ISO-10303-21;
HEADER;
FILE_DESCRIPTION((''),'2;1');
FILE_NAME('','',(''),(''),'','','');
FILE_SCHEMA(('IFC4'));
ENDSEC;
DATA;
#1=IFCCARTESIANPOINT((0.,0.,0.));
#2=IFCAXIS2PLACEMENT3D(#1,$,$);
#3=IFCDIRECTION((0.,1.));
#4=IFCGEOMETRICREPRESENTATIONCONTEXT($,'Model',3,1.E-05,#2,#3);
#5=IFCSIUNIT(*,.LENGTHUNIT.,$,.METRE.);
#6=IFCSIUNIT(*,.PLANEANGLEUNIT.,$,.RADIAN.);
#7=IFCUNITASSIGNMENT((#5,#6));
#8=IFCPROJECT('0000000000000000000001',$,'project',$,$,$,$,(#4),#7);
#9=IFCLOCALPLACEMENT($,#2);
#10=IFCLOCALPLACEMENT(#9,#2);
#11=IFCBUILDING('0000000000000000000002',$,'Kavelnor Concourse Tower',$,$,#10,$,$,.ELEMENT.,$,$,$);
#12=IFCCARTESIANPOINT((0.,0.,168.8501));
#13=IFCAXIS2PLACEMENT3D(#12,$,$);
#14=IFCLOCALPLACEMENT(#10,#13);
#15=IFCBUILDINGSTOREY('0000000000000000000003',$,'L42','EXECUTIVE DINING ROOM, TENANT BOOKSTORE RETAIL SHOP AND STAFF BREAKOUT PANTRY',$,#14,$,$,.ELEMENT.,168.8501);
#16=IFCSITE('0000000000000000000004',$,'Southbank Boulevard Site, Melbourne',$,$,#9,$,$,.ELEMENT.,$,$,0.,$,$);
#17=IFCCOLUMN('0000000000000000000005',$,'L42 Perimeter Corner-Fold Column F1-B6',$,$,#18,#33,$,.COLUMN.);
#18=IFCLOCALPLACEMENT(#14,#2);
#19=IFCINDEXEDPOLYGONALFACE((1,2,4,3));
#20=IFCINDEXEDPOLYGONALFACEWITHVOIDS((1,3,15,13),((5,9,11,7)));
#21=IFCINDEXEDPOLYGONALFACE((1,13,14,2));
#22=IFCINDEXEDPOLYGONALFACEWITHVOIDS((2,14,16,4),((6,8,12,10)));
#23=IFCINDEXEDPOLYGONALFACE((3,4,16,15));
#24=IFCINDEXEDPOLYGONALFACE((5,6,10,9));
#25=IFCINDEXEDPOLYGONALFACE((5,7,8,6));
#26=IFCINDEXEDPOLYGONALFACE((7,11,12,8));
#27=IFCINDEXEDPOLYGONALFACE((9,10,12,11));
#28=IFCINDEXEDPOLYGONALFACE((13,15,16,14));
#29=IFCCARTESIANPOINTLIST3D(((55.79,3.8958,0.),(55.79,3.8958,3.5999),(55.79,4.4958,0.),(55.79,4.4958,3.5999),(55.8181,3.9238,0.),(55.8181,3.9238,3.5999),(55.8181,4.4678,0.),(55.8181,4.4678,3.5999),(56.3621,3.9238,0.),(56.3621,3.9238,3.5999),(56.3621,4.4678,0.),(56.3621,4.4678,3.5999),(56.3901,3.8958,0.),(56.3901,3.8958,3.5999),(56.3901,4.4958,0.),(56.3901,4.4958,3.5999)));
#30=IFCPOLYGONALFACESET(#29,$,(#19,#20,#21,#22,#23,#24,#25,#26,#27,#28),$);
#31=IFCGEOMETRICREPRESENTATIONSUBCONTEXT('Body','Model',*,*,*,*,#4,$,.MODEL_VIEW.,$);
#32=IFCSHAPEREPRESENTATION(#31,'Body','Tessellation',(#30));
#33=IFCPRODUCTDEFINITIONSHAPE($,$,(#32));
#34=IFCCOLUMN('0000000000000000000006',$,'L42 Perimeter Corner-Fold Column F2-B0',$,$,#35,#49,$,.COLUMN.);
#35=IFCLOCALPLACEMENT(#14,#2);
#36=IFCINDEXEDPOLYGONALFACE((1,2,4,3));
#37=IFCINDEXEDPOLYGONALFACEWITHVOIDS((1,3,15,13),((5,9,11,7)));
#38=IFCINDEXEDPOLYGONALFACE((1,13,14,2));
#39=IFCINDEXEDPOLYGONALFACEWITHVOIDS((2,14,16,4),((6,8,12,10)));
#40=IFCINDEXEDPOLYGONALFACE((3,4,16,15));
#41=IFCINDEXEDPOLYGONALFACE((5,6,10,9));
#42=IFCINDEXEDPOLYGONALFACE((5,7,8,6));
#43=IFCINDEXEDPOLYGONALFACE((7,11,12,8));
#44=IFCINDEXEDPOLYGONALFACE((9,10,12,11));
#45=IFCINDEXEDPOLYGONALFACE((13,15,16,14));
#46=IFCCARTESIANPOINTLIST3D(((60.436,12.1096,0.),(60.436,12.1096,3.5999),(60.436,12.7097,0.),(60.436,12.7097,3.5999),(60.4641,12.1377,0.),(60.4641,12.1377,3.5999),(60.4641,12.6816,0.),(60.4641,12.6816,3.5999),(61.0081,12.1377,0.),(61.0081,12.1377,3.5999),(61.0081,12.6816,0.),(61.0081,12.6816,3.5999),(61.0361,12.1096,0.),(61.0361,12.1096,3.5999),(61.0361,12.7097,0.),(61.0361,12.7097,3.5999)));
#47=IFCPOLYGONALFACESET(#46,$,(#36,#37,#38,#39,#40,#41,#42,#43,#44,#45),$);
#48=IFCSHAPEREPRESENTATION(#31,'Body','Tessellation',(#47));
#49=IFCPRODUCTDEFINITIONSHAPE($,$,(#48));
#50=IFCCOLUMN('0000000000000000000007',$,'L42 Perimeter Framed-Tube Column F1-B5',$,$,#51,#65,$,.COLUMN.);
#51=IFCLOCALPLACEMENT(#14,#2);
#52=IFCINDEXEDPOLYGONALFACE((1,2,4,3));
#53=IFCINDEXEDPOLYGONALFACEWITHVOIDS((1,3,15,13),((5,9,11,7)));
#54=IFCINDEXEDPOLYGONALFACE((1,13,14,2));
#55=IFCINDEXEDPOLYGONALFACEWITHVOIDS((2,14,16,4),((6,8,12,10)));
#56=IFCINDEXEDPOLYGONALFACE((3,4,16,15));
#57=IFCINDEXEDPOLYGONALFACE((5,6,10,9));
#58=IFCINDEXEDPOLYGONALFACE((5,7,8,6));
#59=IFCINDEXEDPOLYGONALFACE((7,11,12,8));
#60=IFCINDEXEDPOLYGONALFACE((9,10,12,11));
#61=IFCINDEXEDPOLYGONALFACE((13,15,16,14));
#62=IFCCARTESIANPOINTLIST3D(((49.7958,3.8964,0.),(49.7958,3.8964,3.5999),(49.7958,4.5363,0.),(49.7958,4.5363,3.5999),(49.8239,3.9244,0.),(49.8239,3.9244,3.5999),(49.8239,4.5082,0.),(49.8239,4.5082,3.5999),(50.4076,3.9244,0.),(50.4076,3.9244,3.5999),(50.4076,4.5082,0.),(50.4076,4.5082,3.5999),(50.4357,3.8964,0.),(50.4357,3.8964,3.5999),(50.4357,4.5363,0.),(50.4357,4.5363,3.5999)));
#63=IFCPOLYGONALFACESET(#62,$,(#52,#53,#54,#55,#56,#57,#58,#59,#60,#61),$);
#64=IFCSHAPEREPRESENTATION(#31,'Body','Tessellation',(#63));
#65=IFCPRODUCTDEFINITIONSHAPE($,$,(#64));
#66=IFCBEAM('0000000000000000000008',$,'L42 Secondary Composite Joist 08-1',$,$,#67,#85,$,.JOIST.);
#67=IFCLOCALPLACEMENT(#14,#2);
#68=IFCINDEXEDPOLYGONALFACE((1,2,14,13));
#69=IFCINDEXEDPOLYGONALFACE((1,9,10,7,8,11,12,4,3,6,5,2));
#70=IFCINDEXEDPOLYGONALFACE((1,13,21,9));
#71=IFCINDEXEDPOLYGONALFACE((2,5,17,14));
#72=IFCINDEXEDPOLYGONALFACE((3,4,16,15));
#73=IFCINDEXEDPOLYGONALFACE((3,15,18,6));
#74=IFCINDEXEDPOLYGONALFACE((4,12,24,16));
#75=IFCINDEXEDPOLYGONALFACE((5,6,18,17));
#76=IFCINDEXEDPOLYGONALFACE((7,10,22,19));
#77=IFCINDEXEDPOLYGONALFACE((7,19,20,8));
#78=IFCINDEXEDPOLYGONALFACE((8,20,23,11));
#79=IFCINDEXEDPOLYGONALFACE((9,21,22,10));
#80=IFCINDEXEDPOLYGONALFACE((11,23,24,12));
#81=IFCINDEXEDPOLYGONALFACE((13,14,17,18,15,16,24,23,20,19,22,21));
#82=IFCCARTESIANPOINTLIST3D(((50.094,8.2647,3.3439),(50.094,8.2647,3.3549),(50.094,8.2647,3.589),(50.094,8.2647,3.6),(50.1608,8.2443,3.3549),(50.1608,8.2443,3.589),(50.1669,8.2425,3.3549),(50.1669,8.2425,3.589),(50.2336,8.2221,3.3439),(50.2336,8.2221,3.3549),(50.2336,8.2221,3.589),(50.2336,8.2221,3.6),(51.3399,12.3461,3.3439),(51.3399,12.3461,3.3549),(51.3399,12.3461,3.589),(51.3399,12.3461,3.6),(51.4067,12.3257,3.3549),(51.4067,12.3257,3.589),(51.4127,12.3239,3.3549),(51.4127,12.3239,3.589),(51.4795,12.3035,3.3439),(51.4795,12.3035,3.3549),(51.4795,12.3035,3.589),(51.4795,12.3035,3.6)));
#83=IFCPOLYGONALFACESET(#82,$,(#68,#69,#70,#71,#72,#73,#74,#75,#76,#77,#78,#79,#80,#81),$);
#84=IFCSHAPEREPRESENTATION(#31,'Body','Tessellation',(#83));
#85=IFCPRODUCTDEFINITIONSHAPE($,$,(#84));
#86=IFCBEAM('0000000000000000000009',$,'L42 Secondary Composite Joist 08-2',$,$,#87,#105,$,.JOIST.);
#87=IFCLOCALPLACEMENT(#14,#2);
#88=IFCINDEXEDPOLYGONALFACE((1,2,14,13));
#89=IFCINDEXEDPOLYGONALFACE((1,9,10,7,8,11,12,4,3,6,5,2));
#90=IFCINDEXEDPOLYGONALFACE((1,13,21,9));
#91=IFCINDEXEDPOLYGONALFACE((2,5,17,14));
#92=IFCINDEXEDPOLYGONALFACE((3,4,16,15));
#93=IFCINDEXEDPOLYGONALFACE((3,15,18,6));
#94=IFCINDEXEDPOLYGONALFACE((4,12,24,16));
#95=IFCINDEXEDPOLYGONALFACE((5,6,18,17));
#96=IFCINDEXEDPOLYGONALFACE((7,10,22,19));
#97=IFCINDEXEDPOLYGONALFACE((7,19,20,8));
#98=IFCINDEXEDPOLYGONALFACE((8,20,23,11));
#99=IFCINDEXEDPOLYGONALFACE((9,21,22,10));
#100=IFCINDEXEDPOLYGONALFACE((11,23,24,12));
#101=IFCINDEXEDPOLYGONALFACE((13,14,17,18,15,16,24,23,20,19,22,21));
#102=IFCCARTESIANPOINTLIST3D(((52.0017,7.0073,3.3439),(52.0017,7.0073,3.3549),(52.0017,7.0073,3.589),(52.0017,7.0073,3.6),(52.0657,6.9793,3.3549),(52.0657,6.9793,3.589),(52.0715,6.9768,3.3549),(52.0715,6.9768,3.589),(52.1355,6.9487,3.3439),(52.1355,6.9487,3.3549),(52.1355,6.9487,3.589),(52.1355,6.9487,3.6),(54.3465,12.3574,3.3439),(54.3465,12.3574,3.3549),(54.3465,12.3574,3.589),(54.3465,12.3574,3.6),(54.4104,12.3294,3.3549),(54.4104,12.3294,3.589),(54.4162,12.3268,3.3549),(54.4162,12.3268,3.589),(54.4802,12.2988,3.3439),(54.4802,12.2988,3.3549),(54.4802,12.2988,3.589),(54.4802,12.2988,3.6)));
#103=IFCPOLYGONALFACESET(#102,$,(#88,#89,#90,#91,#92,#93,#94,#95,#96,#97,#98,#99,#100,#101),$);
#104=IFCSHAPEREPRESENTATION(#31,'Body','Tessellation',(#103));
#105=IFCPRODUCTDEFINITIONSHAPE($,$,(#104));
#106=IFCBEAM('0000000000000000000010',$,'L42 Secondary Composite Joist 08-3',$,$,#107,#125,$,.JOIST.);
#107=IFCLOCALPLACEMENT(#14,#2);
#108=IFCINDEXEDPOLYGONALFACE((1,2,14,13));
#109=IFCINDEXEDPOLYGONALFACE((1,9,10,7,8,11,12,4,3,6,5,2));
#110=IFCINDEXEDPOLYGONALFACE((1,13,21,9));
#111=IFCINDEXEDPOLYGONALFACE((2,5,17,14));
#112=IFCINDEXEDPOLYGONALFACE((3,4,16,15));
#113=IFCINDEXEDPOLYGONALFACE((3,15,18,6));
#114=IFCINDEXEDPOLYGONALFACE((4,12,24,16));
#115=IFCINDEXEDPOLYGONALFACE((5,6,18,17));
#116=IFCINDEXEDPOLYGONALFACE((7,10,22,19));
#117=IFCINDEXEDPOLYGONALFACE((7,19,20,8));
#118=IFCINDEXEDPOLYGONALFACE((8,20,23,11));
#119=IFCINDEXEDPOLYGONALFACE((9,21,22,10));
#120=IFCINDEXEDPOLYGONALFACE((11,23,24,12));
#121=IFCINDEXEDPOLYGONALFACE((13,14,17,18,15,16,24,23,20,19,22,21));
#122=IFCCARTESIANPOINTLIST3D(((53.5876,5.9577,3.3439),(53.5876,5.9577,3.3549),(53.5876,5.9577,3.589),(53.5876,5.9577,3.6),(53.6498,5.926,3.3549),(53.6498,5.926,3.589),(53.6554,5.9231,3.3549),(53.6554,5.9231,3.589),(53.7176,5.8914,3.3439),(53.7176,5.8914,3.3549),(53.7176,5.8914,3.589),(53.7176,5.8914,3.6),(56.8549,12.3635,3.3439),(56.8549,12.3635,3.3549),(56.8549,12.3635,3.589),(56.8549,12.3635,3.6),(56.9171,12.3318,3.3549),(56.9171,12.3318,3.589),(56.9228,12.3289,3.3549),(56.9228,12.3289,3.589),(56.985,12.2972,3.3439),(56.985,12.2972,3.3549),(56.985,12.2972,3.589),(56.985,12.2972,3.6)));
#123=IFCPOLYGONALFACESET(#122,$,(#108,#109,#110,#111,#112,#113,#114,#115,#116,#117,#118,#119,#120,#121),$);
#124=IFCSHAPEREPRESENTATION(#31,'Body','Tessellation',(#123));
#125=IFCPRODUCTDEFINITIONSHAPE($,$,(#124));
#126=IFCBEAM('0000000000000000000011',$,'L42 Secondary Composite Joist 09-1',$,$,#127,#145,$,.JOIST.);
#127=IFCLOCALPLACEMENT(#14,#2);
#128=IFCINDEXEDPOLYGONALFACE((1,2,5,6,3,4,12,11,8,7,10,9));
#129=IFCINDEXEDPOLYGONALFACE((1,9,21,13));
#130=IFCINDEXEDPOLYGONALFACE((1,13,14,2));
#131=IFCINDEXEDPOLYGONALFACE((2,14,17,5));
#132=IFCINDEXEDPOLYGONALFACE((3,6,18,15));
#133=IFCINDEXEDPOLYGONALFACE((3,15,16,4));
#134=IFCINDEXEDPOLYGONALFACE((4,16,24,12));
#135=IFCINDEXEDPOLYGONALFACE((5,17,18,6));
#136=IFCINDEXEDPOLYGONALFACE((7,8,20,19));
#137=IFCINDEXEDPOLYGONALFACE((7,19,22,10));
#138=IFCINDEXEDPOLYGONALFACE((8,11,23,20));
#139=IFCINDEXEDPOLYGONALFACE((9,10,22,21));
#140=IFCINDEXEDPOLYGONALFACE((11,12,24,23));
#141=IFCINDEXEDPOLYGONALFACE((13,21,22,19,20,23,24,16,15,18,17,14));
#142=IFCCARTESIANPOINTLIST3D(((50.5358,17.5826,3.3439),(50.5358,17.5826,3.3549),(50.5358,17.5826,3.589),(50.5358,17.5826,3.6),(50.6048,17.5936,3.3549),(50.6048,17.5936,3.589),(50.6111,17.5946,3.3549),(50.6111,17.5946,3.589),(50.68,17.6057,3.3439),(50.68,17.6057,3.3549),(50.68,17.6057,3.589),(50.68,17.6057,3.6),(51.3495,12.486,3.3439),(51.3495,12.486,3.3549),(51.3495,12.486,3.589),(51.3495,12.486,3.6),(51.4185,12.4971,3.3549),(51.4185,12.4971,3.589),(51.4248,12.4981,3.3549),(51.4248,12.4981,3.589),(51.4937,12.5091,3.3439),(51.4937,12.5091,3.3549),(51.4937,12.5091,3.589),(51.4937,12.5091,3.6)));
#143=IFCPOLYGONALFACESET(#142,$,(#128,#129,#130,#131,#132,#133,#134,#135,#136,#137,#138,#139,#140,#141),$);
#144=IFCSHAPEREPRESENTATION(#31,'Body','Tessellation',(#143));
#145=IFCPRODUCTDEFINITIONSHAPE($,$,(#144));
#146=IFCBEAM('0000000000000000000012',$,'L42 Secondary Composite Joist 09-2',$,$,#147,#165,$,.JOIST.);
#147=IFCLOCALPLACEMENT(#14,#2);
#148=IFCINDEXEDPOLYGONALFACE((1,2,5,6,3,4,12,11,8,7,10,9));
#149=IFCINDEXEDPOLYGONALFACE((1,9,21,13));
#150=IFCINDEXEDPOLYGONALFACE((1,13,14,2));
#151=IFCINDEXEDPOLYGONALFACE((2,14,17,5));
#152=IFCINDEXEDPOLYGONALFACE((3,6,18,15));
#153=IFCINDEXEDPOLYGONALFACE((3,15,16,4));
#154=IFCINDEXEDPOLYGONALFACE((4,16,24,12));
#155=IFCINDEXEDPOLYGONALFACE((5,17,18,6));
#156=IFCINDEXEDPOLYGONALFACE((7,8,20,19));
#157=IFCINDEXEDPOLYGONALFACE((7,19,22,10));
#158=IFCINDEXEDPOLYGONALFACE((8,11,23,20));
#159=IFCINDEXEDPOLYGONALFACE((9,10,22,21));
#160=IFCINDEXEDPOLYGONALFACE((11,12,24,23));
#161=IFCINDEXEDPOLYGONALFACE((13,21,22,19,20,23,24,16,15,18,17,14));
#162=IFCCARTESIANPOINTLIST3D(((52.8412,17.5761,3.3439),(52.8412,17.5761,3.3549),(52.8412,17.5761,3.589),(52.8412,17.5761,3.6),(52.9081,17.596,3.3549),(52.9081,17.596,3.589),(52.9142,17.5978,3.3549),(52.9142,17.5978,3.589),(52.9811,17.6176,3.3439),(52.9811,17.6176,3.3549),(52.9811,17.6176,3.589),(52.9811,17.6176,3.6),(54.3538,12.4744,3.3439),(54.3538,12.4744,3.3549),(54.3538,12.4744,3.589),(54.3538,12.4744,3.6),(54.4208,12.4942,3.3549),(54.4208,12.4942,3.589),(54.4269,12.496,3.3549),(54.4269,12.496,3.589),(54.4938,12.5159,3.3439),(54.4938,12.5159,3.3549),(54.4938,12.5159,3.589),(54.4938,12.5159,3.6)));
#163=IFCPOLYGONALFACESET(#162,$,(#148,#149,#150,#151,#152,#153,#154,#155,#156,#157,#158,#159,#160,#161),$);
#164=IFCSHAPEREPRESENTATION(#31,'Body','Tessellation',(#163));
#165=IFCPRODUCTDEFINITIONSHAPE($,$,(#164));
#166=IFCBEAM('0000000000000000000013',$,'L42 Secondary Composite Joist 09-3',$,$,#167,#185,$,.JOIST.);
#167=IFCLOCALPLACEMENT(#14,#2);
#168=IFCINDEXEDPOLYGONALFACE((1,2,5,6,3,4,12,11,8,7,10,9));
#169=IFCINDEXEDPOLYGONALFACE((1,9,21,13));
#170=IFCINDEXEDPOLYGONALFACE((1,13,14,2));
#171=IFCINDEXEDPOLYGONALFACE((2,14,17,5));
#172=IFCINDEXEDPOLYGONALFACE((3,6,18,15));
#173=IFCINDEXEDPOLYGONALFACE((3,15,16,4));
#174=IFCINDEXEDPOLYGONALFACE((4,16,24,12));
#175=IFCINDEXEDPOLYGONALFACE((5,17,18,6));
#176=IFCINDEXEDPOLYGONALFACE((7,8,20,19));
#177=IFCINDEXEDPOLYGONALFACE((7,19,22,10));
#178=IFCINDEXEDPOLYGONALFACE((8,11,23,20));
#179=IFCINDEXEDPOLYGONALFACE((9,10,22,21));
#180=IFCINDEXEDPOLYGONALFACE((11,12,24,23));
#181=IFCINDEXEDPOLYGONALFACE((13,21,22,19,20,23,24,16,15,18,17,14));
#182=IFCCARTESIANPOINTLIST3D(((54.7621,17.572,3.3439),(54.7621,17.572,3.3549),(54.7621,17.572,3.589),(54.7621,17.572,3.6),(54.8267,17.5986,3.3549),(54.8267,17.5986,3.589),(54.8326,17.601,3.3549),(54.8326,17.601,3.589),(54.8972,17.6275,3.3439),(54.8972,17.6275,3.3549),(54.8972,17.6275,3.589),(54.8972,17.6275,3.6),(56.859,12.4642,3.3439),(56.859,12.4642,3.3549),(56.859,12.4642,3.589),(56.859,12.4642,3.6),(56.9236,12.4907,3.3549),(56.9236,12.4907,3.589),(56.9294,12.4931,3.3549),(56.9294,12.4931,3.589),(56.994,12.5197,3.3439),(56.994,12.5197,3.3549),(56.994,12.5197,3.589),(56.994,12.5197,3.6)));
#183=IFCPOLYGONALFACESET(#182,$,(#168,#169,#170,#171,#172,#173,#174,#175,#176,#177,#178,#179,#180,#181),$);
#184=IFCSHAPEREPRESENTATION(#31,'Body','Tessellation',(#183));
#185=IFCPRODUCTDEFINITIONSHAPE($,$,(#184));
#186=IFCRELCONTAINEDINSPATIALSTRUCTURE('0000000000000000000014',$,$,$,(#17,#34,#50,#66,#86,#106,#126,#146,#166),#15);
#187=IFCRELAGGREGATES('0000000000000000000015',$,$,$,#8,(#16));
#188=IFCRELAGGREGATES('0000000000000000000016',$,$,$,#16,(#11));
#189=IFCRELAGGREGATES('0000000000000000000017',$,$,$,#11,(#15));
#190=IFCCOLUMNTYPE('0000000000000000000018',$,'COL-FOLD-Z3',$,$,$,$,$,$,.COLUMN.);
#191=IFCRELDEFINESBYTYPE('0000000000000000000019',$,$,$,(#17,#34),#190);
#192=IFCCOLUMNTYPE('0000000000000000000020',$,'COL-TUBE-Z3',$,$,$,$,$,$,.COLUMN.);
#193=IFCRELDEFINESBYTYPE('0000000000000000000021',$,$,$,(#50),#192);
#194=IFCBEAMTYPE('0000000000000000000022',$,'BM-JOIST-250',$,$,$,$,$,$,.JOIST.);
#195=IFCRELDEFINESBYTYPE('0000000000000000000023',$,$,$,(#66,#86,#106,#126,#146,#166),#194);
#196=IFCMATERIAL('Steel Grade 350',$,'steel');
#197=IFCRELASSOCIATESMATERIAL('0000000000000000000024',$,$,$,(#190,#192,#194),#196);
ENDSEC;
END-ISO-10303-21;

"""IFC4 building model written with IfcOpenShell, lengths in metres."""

from ifc_helpers import new_model, si_unit, direction, frame, origin, origin_2d, place, context, subcontext, project, spatial, hollow_rectangle, i_section, extrude, material, material_profile, profile_set, type_object, element, save


model = new_model("IFC4")

# Units and contexts
model_context = context("Model", 3, precision=1e-05, world=origin(), true_north=direction((0.0, 1.0)))
body_context = subcontext(model_context, "Body", "Model", "MODEL_VIEW")
ifc_project = project(units=[si_unit("LENGTHUNIT", "METRE"), si_unit("PLANEANGLEUNIT", "RADIAN")], contexts=[model_context])

# Site, building, storey
site_placement = place(None, origin())
site = spatial("IfcSite", under=ifc_project, at=site_placement, Name="Southbank Boulevard Site, Melbourne", CompositionType="ELEMENT", RefElevation=0.0)
building_placement = place(site_placement, origin())
building = spatial("IfcBuilding", under=site, at=building_placement, Name="Kavelnor Concourse Tower", CompositionType="ELEMENT")
storey_placement = place(building_placement, frame((0.0, 0.0, 168.8501)))
storey = spatial("IfcBuildingStorey", under=building, at=storey_placement, Name="L42", Description="EXECUTIVE DINING ROOM, TENANT BOOKSTORE RETAIL SHOP AND STAFF BREAKOUT PANTRY", CompositionType="ELEMENT", Elevation=168.8501)

# Columns
ifc_material_1 = material(Name="Steel Grade 350", Category="steel")
ifc_material_profile_1 = material_profile(ifc_material_1, hollow_rectangle(XDim=0.6001, YDim=0.6001, WallThickness=0.0281, at=origin_2d()), Name="SHS 600x600x28")
ifc_profile_set_1 = profile_set([ifc_material_profile_1], Name="Steel Grade 350")
column_type_1 = type_object("IfcColumnType", Name="COL-FOLD-Z3", PredefinedType="COLUMN", material=ifc_profile_set_1)
for number, where, z_axis, x_axis, name in (
    (1, (56.0901, 4.1958, 0.0), (0.0, 0.0, 1.0), (1.0, 0.0, 0.0), "L42 Perimeter Corner-Fold Column F1-B6"),
    (2, (60.7361, 12.4097, 0.0), (0.0, 0.0, 1.0), (1.0, 0.0, 0.0), "L42 Perimeter Corner-Fold Column F2-B0"),
):
    element("IfcColumn", number, at=place(storey_placement, frame(where, z_axis=z_axis, x_axis=x_axis)), inside=storey, type_object=column_type_1, Name=name, PredefinedType="COLUMN", context=body_context, shape_type="SweptSolid", body=[
        extrude(hollow_rectangle(XDim=0.6001, YDim=0.6001, WallThickness=0.0281, at=origin_2d()), origin(), (0.0, 0.0, 1.0), 3.5999),
    ])
ifc_material_profile_2 = material_profile(ifc_material_1, hollow_rectangle(XDim=0.6399, YDim=0.6399, WallThickness=0.0281, at=origin_2d()), Name="SHS 640x640x28")
ifc_profile_set_2 = profile_set([ifc_material_profile_2], Name="Steel Grade 350")
column_type_2 = type_object("IfcColumnType", Name="COL-TUBE-Z3", PredefinedType="COLUMN", material=ifc_profile_set_2)
column_placement = place(storey_placement, frame((50.1157, 4.2163, 0.0), z_axis=(0.0, 0.0, 1.0), x_axis=(1.0, 0.0, 0.0)))
element("IfcColumn", 3, at=column_placement, inside=storey, type_object=column_type_2, Name="L42 Perimeter Framed-Tube Column F1-B5", PredefinedType="COLUMN", context=body_context, shape_type="SweptSolid", body=[
    extrude(hollow_rectangle(XDim=0.6399, YDim=0.6399, WallThickness=0.0281, at=origin_2d()), origin(), (0.0, 0.0, 1.0), 3.5999),
])

# Beams
ifc_material_profile_3 = material_profile(ifc_material_1, i_section(OverallWidth=0.146, OverallDepth=0.2561, WebThickness=0.0063, FlangeThickness=0.011, at=origin_2d()), Name="250UB37")
ifc_profile_set_3 = profile_set([ifc_material_profile_3], Name="Steel Grade 350")
beam_type_1 = type_object("IfcBeamType", Name="BM-JOIST-250", PredefinedType="JOIST", material=ifc_profile_set_3)
beam_1_placement = place(storey_placement, frame((50.1638, 8.2434, 3.4719), z_axis=(0.291958, 0.956431, 0.0), x_axis=(-0.956431, 0.291958, 0.0)))
element("IfcBeam", 4, at=beam_1_placement, inside=storey, type_object=beam_type_1, Name="L42 Secondary Composite Joist 08-1", PredefinedType="JOIST", context=body_context, shape_type="SweptSolid", body=[
    extrude(i_section(OverallWidth=0.146, OverallDepth=0.2561, WebThickness=0.0063, FlangeThickness=0.011, at=origin_2d()), origin(), (0.0, 0.0, 1.0), 4.2673),
])
beam_2_placement = place(storey_placement, frame((52.0686, 6.978, 3.4719), z_axis=(0.401402, 0.915902, 0.0), x_axis=(-0.915902, 0.401402, 0.0)))
element("IfcBeam", 5, at=beam_2_placement, inside=storey, type_object=beam_type_1, Name="L42 Secondary Composite Joist 08-2", PredefinedType="JOIST", context=body_context, shape_type="SweptSolid", body=[
    extrude(i_section(OverallWidth=0.146, OverallDepth=0.2561, WebThickness=0.0063, FlangeThickness=0.011, at=origin_2d()), origin(), (0.0, 0.0, 1.0), 5.8413),
])
beam_3_placement = place(storey_placement, frame((53.6526, 5.9246, 3.4719), z_axis=(0.45437, 0.890813, 0.0), x_axis=(-0.890813, 0.45437, 0.0)))
element("IfcBeam", 6, at=beam_3_placement, inside=storey, type_object=beam_type_1, Name="L42 Secondary Composite Joist 08-3", PredefinedType="JOIST", context=body_context, shape_type="SweptSolid", body=[
    extrude(i_section(OverallWidth=0.146, OverallDepth=0.2561, WebThickness=0.0063, FlangeThickness=0.011, at=origin_2d()), origin(), (0.0, 0.0, 1.0), 7.1909),
])
beam_4_placement = place(storey_placement, frame((51.4216, 12.4976, 3.4719), z_axis=(-0.15766, 0.987493, 0.0), x_axis=(-0.987493, -0.15766, 0.0)))
element("IfcBeam", 7, at=beam_4_placement, inside=storey, type_object=beam_type_1, Name="L42 Secondary Composite Joist 09-1", PredefinedType="JOIST", context=body_context, shape_type="SweptSolid", body=[
    extrude(i_section(OverallWidth=0.146, OverallDepth=0.2561, WebThickness=0.0063, FlangeThickness=0.011, at=origin_2d()), origin(), (0.0, 0.0, 1.0), 5.1611),
])
beam_5_placement = place(storey_placement, frame((54.4238, 12.4951, 3.4719), z_axis=(-0.28427, 0.958744, 0.0), x_axis=(-0.958744, -0.28427, 0.0)))
element("IfcBeam", 8, at=beam_5_placement, inside=storey, type_object=beam_type_1, Name="L42 Secondary Composite Joist 09-2", PredefinedType="JOIST", context=body_context, shape_type="SweptSolid", body=[
    extrude(i_section(OverallWidth=0.146, OverallDepth=0.2561, WebThickness=0.0063, FlangeThickness=0.011, at=origin_2d()), origin(), (0.0, 0.0, 1.0), 5.3213),
])
beam_6_placement = place(storey_placement, frame((56.9265, 12.4919, 3.4719), z_axis=(-0.379769, 0.925081, 0.0), x_axis=(-0.925081, -0.379769, 0.0)))
element("IfcBeam", 9, at=beam_6_placement, inside=storey, type_object=beam_type_1, Name="L42 Secondary Composite Joist 09-3", PredefinedType="JOIST", context=body_context, shape_type="SweptSolid", body=[
    extrude(i_section(OverallWidth=0.146, OverallDepth=0.2561, WebThickness=0.0063, FlangeThickness=0.011, at=origin_2d()), origin(), (0.0, 0.0, 1.0), 5.5215),
])

save(model, "model.ifc")
